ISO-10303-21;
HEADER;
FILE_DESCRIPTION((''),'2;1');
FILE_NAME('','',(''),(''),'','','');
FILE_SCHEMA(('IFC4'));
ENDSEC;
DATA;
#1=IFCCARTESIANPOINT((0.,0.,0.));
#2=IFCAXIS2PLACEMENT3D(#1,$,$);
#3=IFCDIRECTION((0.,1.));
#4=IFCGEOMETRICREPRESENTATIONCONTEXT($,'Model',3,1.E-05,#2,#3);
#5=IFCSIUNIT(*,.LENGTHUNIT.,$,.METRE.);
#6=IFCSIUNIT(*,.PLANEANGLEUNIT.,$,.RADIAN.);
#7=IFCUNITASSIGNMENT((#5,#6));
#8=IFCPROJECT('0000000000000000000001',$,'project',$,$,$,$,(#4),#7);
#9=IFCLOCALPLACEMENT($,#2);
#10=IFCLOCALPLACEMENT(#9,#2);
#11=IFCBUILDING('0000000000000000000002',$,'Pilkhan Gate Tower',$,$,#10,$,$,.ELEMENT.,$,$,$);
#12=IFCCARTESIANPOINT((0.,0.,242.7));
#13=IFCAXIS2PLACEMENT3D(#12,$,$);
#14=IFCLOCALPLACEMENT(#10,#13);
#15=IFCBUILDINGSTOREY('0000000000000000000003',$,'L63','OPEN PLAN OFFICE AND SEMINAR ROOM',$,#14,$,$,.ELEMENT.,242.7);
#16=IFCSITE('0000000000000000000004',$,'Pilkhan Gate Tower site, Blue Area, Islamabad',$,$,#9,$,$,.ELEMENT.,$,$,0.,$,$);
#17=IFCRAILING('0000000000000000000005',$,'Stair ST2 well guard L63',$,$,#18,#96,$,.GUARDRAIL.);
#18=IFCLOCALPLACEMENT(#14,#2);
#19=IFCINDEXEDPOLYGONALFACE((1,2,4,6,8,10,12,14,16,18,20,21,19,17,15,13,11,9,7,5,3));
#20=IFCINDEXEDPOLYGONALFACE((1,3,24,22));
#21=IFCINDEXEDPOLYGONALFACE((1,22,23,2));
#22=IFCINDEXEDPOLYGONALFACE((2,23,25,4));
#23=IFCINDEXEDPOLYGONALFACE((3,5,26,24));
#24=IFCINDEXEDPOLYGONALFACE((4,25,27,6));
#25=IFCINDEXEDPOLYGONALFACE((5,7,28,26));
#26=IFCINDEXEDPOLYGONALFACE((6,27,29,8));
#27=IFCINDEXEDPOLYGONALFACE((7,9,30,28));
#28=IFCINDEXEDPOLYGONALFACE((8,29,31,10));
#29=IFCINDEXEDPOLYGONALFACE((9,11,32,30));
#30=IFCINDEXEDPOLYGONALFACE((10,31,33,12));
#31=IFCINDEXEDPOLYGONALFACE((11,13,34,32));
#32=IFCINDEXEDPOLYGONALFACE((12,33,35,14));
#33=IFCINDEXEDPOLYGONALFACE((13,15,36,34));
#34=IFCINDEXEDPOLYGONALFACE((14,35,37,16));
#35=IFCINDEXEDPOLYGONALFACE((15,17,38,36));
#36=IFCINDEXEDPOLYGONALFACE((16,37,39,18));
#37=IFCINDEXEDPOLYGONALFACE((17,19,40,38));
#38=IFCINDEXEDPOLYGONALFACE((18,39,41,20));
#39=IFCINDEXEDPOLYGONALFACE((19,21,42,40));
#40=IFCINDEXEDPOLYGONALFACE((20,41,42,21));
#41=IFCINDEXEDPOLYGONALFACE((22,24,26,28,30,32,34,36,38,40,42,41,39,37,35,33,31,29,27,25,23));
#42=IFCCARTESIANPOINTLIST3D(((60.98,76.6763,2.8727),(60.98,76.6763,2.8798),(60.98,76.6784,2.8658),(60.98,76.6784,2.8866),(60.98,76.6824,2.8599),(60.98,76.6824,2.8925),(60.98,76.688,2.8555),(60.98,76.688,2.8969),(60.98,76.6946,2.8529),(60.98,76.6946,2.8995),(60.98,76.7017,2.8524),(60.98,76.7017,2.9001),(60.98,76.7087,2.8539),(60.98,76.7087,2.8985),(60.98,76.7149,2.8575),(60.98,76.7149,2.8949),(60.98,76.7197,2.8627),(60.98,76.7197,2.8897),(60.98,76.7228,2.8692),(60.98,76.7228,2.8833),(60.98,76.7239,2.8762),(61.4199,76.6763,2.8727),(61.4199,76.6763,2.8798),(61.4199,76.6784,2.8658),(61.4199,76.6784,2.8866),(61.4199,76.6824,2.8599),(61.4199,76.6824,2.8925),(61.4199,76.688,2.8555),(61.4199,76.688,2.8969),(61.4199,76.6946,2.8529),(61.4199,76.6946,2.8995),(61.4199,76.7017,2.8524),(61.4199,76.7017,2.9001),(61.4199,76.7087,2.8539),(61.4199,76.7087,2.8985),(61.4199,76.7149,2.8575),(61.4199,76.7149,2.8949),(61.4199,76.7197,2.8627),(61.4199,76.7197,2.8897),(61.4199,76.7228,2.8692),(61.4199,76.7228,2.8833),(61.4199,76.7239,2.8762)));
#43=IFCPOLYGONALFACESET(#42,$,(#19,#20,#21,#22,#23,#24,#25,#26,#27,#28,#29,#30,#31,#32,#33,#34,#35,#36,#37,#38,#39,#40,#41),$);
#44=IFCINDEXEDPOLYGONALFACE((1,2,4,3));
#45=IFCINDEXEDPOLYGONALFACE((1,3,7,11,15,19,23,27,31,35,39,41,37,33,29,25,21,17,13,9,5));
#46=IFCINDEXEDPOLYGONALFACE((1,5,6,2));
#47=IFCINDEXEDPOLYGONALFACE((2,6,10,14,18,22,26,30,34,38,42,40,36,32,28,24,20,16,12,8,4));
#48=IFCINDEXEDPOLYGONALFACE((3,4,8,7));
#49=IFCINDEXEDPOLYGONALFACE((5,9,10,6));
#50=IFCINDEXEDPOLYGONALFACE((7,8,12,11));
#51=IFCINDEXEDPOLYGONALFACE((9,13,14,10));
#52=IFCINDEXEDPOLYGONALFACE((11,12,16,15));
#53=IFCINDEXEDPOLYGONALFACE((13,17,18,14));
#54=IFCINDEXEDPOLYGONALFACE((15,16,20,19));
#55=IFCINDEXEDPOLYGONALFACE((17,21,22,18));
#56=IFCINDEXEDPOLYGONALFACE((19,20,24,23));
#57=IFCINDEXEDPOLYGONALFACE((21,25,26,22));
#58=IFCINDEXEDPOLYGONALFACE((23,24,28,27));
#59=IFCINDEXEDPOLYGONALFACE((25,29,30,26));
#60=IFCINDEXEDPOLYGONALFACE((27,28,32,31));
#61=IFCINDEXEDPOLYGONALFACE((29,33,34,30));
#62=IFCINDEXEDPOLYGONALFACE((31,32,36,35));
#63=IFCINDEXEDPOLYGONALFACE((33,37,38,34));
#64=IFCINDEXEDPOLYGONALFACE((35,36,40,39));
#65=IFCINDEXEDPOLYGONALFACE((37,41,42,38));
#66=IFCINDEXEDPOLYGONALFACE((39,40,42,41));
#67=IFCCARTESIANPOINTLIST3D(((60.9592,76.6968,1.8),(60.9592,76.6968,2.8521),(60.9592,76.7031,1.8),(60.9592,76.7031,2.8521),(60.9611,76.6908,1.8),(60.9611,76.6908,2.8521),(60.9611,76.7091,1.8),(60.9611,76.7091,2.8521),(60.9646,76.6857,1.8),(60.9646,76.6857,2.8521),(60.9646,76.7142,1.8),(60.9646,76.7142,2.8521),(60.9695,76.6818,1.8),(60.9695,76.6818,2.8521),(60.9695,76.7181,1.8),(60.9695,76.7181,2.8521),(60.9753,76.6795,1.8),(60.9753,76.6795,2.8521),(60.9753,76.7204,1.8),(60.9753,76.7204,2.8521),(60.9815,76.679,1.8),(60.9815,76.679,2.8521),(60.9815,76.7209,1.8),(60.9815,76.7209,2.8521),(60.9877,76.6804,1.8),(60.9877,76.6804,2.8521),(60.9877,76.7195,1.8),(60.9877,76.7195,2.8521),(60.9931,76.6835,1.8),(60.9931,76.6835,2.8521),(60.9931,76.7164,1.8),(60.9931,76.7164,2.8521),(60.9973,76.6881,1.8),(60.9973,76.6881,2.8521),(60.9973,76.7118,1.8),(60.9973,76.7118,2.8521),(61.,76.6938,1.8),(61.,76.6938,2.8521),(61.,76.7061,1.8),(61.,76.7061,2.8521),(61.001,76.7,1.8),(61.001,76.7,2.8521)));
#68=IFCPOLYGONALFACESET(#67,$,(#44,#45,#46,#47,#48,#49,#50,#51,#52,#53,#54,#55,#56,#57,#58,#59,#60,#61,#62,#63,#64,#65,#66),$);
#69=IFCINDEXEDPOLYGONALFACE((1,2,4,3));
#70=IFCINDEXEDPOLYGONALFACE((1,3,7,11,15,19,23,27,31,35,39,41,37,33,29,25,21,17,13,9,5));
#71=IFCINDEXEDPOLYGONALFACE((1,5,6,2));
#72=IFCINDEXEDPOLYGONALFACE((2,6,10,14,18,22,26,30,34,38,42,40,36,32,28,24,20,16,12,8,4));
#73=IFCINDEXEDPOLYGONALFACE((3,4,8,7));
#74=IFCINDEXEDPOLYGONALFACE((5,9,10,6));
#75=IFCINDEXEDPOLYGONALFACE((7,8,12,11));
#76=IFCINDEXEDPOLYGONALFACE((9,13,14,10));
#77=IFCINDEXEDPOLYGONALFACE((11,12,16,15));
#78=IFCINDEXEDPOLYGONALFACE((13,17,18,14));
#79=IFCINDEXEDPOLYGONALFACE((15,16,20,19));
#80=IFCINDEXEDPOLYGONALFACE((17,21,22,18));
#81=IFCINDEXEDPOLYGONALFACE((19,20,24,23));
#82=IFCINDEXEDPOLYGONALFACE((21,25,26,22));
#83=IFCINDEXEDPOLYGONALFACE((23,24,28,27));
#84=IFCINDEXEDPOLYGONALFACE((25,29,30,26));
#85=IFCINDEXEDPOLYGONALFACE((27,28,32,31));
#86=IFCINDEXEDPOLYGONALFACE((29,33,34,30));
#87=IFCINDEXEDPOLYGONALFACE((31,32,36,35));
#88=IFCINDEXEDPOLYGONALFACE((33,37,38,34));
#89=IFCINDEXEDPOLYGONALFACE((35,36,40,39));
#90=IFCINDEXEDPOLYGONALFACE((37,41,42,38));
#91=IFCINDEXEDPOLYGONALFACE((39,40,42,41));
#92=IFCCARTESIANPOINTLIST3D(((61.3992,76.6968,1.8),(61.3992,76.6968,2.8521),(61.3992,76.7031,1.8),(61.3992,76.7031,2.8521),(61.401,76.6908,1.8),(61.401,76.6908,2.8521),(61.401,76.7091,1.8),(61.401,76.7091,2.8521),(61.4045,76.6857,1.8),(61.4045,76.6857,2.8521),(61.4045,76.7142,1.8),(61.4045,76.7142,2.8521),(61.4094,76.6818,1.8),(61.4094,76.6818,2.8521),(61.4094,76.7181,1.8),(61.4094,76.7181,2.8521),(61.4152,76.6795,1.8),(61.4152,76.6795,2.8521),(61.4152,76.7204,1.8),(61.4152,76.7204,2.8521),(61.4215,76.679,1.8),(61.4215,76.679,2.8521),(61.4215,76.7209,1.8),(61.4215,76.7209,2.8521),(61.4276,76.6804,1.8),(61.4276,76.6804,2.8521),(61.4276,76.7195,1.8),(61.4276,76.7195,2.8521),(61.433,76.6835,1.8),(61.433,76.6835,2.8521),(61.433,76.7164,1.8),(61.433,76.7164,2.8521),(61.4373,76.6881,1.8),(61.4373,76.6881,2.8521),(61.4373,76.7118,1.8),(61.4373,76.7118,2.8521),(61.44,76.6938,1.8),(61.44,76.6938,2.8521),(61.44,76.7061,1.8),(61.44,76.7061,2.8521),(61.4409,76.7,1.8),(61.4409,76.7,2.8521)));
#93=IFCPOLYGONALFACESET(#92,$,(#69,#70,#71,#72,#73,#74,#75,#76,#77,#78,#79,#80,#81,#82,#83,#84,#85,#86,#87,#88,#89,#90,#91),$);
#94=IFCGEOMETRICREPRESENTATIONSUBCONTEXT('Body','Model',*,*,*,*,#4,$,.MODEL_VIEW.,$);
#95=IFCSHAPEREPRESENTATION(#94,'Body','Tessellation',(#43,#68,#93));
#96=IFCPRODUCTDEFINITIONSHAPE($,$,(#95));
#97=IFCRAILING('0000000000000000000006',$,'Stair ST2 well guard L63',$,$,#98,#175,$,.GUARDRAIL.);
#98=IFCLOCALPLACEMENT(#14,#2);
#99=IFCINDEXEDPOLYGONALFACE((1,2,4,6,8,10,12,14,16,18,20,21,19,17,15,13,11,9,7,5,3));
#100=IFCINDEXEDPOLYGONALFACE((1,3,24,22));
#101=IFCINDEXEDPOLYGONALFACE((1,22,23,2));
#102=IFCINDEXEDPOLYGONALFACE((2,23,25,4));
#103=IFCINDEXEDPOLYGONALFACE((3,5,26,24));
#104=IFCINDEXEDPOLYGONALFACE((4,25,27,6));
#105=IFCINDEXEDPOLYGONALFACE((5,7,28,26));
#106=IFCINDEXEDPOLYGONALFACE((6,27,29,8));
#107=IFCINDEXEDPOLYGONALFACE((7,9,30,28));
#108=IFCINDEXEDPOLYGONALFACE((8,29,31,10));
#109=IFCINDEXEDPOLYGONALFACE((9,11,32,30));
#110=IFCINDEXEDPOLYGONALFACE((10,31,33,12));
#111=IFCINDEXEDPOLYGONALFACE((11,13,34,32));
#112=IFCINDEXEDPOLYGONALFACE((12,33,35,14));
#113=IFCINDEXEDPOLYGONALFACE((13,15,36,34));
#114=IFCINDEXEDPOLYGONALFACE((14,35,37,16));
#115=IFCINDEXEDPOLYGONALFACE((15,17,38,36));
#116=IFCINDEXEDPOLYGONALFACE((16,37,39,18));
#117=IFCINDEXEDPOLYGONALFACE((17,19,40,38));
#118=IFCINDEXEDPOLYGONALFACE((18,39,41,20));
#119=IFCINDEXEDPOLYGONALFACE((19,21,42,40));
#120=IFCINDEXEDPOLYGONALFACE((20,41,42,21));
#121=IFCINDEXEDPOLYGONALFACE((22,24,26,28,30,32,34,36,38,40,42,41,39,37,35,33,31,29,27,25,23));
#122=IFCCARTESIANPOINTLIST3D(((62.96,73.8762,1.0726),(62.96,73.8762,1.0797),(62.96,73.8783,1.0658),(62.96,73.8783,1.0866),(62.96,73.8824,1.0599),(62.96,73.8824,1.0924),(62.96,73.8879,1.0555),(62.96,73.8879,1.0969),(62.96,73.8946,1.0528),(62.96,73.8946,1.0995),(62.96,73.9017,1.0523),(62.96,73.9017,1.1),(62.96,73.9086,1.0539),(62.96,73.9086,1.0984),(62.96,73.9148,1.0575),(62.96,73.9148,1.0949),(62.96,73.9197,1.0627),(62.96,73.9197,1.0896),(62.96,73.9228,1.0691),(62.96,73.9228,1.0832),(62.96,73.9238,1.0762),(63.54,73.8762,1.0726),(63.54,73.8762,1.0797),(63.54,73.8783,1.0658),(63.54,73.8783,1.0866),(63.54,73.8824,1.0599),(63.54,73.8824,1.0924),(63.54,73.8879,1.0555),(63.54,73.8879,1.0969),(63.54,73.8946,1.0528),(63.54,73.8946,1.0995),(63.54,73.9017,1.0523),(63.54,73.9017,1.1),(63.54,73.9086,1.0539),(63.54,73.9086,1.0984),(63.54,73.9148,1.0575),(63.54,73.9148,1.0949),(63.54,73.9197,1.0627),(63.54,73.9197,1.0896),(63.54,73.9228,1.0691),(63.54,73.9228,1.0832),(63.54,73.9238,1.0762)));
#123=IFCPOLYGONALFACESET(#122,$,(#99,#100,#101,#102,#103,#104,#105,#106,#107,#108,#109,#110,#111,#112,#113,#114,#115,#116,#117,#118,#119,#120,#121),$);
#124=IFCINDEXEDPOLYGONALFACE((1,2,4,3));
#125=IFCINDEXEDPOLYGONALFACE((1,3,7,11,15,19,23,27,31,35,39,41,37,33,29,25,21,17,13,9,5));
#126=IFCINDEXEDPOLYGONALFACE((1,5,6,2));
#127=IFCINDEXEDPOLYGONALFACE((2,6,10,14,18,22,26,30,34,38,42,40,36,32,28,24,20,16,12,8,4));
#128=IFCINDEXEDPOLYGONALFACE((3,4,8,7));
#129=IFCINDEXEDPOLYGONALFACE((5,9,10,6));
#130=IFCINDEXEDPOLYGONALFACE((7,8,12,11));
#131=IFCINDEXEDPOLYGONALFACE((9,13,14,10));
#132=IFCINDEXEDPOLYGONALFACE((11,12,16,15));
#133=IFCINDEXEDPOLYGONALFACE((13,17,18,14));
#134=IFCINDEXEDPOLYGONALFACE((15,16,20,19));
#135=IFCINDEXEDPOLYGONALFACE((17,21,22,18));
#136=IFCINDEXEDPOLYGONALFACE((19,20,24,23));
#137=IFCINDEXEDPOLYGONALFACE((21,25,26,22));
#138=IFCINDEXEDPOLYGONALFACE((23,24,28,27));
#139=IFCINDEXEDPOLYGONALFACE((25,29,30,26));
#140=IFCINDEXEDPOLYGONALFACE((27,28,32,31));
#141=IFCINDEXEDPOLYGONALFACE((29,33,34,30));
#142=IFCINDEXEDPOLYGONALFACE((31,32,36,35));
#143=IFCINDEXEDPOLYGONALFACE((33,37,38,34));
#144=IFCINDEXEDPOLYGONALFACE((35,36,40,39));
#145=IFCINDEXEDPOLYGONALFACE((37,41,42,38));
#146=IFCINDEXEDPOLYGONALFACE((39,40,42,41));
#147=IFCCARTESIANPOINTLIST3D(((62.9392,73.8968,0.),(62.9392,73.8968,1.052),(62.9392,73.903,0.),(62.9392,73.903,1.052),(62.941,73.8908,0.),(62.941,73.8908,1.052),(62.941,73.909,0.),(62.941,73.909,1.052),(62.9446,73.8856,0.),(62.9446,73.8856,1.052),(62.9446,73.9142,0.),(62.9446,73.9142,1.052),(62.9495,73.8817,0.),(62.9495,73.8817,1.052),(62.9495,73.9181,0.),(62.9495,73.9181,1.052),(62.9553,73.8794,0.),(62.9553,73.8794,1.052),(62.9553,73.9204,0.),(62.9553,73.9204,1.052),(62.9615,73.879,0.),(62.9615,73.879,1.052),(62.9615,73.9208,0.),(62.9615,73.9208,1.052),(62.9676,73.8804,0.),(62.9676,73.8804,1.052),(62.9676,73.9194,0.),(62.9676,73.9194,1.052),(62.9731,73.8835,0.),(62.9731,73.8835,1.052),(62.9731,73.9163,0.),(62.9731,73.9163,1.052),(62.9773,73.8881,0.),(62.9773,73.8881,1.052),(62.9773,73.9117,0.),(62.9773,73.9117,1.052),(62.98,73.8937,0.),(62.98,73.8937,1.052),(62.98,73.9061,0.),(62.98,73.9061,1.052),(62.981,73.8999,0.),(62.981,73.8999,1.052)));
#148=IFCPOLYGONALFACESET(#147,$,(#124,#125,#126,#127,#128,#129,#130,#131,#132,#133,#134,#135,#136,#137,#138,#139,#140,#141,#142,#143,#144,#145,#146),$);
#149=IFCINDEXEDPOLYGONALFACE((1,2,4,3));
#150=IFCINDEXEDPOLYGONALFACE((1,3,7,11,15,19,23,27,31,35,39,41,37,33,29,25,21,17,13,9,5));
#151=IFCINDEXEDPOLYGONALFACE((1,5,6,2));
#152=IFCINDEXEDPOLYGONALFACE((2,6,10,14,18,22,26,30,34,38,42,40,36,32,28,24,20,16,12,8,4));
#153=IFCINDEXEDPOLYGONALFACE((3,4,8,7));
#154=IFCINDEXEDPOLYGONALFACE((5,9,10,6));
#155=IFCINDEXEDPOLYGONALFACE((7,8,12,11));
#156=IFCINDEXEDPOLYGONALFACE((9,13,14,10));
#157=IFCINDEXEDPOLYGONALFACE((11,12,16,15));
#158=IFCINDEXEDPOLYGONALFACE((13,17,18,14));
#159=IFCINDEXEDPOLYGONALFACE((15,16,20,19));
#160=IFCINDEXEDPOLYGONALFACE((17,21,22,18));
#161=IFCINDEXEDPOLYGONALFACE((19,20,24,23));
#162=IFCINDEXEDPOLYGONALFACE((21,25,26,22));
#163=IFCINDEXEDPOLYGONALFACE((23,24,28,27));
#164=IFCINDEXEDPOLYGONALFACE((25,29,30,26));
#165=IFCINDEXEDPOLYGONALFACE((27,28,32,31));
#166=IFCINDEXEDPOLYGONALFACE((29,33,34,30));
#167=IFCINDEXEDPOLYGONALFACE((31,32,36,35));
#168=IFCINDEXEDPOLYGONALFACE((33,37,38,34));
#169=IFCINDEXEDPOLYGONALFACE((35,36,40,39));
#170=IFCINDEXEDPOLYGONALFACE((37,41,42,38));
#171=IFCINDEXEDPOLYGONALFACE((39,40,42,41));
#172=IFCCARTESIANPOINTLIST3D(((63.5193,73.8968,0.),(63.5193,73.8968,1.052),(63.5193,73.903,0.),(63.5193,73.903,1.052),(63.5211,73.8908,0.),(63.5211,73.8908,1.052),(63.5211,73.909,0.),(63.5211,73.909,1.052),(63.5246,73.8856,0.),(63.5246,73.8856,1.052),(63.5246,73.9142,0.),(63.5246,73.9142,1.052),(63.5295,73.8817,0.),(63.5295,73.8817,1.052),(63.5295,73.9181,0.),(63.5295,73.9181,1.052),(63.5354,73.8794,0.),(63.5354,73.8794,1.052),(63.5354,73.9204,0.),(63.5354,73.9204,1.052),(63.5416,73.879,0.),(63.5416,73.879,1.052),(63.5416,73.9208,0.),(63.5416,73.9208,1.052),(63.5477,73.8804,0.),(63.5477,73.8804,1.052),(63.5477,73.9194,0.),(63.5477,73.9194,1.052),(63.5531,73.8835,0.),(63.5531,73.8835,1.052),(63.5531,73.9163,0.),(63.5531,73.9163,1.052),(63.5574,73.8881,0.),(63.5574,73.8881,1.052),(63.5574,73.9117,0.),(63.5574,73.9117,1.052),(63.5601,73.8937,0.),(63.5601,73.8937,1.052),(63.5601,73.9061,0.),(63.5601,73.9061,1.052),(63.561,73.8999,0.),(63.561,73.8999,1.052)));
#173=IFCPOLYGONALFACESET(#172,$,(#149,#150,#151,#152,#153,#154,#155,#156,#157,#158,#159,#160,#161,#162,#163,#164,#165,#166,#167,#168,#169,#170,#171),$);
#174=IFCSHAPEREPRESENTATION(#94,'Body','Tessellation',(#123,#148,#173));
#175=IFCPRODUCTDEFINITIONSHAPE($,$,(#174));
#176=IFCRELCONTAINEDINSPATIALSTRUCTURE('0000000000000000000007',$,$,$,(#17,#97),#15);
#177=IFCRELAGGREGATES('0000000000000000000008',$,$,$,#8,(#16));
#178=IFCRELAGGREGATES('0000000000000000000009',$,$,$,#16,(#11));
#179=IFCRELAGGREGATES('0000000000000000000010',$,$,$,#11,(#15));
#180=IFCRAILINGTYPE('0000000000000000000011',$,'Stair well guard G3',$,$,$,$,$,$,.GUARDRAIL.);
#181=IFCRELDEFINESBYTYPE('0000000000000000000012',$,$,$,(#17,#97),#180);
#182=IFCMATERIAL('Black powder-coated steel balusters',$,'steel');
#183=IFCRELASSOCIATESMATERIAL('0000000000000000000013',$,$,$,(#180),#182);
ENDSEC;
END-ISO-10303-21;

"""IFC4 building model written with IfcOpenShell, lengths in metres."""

from ifc_helpers import new_model, si_unit, direction, frame, origin, origin_2d, place, context, subcontext, project, spatial, circle, extrude, material, type_object, element, save


model = new_model("IFC4")

# Units and contexts
model_context = context("Model", 3, precision=1e-05, world=origin(), true_north=direction((0.0, 1.0)))
body_context = subcontext(model_context, "Body", "Model", "MODEL_VIEW")
ifc_project = project(units=[si_unit("LENGTHUNIT", "METRE"), si_unit("PLANEANGLEUNIT", "RADIAN")], contexts=[model_context])

# Site, building, storey
site_placement = place(None, origin())
site = spatial("IfcSite", under=ifc_project, at=site_placement, Name="Pilkhan Gate Tower site, Blue Area, Islamabad", CompositionType="ELEMENT", RefElevation=0.0)
building_placement = place(site_placement, origin())
building = spatial("IfcBuilding", under=site, at=building_placement, Name="Pilkhan Gate Tower", CompositionType="ELEMENT")
storey_placement = place(building_placement, frame((0.0, 0.0, 242.7)))
storey = spatial("IfcBuildingStorey", under=building, at=storey_placement, Name="L63", Description="OPEN PLAN OFFICE AND SEMINAR ROOM", CompositionType="ELEMENT", Elevation=242.7)

# Railings
ifc_material_1 = material(Name="Black powder-coated steel balusters", Category="steel")
railing_type_1 = type_object("IfcRailingType", Name="Stair well guard G3", PredefinedType="GUARDRAIL", material=ifc_material_1)
railing_1_placement = place(storey_placement, frame((60.98, 76.7, 1.8)))
element("IfcRailing", 1, at=railing_1_placement, inside=storey, type_object=railing_type_1, Name="Stair ST2 well guard L63", PredefinedType="GUARDRAIL", context=body_context, shape_type="SweptSolid", body=[
    extrude(circle(Radius=0.0239, at=origin_2d()), frame((0.0, 0.0, 1.0762), z_axis=(1.0, 0.0, 0.0), x_axis=(0.0, 1.0, 0.0)), (0.0, 0.0, 1.0), 0.4399),
    extrude(circle(Radius=0.021, at=origin_2d()), origin(), (0.0, 0.0, 1.0), 1.052),
    extrude(circle(Radius=0.021, at=origin_2d()), frame((0.4399, 0.0, 0.0)), (0.0, 0.0, 1.0), 1.052),
])
for number, where, name in (
    (2, (62.96, 73.8999, 0.0), "Stair ST2 well guard L63"),
):
    element("IfcRailing", number, at=place(storey_placement, frame(where)), inside=storey, type_object=railing_type_1, Name=name, PredefinedType="GUARDRAIL", context=body_context, shape_type="SweptSolid", body=[
        extrude(circle(Radius=0.0239, at=origin_2d()), frame((0.0, 0.0, 1.0762), z_axis=(1.0, 0.0, 0.0), x_axis=(0.0, 1.0, 0.0)), (0.0, 0.0, 1.0), 0.5801),
        extrude(circle(Radius=0.021, at=origin_2d()), origin(), (0.0, 0.0, 1.0), 1.052),
        extrude(circle(Radius=0.021, at=origin_2d()), frame((0.5801, 0.0, 0.0)), (0.0, 0.0, 1.0), 1.052),
    ])

save(model, "model.ifc")
